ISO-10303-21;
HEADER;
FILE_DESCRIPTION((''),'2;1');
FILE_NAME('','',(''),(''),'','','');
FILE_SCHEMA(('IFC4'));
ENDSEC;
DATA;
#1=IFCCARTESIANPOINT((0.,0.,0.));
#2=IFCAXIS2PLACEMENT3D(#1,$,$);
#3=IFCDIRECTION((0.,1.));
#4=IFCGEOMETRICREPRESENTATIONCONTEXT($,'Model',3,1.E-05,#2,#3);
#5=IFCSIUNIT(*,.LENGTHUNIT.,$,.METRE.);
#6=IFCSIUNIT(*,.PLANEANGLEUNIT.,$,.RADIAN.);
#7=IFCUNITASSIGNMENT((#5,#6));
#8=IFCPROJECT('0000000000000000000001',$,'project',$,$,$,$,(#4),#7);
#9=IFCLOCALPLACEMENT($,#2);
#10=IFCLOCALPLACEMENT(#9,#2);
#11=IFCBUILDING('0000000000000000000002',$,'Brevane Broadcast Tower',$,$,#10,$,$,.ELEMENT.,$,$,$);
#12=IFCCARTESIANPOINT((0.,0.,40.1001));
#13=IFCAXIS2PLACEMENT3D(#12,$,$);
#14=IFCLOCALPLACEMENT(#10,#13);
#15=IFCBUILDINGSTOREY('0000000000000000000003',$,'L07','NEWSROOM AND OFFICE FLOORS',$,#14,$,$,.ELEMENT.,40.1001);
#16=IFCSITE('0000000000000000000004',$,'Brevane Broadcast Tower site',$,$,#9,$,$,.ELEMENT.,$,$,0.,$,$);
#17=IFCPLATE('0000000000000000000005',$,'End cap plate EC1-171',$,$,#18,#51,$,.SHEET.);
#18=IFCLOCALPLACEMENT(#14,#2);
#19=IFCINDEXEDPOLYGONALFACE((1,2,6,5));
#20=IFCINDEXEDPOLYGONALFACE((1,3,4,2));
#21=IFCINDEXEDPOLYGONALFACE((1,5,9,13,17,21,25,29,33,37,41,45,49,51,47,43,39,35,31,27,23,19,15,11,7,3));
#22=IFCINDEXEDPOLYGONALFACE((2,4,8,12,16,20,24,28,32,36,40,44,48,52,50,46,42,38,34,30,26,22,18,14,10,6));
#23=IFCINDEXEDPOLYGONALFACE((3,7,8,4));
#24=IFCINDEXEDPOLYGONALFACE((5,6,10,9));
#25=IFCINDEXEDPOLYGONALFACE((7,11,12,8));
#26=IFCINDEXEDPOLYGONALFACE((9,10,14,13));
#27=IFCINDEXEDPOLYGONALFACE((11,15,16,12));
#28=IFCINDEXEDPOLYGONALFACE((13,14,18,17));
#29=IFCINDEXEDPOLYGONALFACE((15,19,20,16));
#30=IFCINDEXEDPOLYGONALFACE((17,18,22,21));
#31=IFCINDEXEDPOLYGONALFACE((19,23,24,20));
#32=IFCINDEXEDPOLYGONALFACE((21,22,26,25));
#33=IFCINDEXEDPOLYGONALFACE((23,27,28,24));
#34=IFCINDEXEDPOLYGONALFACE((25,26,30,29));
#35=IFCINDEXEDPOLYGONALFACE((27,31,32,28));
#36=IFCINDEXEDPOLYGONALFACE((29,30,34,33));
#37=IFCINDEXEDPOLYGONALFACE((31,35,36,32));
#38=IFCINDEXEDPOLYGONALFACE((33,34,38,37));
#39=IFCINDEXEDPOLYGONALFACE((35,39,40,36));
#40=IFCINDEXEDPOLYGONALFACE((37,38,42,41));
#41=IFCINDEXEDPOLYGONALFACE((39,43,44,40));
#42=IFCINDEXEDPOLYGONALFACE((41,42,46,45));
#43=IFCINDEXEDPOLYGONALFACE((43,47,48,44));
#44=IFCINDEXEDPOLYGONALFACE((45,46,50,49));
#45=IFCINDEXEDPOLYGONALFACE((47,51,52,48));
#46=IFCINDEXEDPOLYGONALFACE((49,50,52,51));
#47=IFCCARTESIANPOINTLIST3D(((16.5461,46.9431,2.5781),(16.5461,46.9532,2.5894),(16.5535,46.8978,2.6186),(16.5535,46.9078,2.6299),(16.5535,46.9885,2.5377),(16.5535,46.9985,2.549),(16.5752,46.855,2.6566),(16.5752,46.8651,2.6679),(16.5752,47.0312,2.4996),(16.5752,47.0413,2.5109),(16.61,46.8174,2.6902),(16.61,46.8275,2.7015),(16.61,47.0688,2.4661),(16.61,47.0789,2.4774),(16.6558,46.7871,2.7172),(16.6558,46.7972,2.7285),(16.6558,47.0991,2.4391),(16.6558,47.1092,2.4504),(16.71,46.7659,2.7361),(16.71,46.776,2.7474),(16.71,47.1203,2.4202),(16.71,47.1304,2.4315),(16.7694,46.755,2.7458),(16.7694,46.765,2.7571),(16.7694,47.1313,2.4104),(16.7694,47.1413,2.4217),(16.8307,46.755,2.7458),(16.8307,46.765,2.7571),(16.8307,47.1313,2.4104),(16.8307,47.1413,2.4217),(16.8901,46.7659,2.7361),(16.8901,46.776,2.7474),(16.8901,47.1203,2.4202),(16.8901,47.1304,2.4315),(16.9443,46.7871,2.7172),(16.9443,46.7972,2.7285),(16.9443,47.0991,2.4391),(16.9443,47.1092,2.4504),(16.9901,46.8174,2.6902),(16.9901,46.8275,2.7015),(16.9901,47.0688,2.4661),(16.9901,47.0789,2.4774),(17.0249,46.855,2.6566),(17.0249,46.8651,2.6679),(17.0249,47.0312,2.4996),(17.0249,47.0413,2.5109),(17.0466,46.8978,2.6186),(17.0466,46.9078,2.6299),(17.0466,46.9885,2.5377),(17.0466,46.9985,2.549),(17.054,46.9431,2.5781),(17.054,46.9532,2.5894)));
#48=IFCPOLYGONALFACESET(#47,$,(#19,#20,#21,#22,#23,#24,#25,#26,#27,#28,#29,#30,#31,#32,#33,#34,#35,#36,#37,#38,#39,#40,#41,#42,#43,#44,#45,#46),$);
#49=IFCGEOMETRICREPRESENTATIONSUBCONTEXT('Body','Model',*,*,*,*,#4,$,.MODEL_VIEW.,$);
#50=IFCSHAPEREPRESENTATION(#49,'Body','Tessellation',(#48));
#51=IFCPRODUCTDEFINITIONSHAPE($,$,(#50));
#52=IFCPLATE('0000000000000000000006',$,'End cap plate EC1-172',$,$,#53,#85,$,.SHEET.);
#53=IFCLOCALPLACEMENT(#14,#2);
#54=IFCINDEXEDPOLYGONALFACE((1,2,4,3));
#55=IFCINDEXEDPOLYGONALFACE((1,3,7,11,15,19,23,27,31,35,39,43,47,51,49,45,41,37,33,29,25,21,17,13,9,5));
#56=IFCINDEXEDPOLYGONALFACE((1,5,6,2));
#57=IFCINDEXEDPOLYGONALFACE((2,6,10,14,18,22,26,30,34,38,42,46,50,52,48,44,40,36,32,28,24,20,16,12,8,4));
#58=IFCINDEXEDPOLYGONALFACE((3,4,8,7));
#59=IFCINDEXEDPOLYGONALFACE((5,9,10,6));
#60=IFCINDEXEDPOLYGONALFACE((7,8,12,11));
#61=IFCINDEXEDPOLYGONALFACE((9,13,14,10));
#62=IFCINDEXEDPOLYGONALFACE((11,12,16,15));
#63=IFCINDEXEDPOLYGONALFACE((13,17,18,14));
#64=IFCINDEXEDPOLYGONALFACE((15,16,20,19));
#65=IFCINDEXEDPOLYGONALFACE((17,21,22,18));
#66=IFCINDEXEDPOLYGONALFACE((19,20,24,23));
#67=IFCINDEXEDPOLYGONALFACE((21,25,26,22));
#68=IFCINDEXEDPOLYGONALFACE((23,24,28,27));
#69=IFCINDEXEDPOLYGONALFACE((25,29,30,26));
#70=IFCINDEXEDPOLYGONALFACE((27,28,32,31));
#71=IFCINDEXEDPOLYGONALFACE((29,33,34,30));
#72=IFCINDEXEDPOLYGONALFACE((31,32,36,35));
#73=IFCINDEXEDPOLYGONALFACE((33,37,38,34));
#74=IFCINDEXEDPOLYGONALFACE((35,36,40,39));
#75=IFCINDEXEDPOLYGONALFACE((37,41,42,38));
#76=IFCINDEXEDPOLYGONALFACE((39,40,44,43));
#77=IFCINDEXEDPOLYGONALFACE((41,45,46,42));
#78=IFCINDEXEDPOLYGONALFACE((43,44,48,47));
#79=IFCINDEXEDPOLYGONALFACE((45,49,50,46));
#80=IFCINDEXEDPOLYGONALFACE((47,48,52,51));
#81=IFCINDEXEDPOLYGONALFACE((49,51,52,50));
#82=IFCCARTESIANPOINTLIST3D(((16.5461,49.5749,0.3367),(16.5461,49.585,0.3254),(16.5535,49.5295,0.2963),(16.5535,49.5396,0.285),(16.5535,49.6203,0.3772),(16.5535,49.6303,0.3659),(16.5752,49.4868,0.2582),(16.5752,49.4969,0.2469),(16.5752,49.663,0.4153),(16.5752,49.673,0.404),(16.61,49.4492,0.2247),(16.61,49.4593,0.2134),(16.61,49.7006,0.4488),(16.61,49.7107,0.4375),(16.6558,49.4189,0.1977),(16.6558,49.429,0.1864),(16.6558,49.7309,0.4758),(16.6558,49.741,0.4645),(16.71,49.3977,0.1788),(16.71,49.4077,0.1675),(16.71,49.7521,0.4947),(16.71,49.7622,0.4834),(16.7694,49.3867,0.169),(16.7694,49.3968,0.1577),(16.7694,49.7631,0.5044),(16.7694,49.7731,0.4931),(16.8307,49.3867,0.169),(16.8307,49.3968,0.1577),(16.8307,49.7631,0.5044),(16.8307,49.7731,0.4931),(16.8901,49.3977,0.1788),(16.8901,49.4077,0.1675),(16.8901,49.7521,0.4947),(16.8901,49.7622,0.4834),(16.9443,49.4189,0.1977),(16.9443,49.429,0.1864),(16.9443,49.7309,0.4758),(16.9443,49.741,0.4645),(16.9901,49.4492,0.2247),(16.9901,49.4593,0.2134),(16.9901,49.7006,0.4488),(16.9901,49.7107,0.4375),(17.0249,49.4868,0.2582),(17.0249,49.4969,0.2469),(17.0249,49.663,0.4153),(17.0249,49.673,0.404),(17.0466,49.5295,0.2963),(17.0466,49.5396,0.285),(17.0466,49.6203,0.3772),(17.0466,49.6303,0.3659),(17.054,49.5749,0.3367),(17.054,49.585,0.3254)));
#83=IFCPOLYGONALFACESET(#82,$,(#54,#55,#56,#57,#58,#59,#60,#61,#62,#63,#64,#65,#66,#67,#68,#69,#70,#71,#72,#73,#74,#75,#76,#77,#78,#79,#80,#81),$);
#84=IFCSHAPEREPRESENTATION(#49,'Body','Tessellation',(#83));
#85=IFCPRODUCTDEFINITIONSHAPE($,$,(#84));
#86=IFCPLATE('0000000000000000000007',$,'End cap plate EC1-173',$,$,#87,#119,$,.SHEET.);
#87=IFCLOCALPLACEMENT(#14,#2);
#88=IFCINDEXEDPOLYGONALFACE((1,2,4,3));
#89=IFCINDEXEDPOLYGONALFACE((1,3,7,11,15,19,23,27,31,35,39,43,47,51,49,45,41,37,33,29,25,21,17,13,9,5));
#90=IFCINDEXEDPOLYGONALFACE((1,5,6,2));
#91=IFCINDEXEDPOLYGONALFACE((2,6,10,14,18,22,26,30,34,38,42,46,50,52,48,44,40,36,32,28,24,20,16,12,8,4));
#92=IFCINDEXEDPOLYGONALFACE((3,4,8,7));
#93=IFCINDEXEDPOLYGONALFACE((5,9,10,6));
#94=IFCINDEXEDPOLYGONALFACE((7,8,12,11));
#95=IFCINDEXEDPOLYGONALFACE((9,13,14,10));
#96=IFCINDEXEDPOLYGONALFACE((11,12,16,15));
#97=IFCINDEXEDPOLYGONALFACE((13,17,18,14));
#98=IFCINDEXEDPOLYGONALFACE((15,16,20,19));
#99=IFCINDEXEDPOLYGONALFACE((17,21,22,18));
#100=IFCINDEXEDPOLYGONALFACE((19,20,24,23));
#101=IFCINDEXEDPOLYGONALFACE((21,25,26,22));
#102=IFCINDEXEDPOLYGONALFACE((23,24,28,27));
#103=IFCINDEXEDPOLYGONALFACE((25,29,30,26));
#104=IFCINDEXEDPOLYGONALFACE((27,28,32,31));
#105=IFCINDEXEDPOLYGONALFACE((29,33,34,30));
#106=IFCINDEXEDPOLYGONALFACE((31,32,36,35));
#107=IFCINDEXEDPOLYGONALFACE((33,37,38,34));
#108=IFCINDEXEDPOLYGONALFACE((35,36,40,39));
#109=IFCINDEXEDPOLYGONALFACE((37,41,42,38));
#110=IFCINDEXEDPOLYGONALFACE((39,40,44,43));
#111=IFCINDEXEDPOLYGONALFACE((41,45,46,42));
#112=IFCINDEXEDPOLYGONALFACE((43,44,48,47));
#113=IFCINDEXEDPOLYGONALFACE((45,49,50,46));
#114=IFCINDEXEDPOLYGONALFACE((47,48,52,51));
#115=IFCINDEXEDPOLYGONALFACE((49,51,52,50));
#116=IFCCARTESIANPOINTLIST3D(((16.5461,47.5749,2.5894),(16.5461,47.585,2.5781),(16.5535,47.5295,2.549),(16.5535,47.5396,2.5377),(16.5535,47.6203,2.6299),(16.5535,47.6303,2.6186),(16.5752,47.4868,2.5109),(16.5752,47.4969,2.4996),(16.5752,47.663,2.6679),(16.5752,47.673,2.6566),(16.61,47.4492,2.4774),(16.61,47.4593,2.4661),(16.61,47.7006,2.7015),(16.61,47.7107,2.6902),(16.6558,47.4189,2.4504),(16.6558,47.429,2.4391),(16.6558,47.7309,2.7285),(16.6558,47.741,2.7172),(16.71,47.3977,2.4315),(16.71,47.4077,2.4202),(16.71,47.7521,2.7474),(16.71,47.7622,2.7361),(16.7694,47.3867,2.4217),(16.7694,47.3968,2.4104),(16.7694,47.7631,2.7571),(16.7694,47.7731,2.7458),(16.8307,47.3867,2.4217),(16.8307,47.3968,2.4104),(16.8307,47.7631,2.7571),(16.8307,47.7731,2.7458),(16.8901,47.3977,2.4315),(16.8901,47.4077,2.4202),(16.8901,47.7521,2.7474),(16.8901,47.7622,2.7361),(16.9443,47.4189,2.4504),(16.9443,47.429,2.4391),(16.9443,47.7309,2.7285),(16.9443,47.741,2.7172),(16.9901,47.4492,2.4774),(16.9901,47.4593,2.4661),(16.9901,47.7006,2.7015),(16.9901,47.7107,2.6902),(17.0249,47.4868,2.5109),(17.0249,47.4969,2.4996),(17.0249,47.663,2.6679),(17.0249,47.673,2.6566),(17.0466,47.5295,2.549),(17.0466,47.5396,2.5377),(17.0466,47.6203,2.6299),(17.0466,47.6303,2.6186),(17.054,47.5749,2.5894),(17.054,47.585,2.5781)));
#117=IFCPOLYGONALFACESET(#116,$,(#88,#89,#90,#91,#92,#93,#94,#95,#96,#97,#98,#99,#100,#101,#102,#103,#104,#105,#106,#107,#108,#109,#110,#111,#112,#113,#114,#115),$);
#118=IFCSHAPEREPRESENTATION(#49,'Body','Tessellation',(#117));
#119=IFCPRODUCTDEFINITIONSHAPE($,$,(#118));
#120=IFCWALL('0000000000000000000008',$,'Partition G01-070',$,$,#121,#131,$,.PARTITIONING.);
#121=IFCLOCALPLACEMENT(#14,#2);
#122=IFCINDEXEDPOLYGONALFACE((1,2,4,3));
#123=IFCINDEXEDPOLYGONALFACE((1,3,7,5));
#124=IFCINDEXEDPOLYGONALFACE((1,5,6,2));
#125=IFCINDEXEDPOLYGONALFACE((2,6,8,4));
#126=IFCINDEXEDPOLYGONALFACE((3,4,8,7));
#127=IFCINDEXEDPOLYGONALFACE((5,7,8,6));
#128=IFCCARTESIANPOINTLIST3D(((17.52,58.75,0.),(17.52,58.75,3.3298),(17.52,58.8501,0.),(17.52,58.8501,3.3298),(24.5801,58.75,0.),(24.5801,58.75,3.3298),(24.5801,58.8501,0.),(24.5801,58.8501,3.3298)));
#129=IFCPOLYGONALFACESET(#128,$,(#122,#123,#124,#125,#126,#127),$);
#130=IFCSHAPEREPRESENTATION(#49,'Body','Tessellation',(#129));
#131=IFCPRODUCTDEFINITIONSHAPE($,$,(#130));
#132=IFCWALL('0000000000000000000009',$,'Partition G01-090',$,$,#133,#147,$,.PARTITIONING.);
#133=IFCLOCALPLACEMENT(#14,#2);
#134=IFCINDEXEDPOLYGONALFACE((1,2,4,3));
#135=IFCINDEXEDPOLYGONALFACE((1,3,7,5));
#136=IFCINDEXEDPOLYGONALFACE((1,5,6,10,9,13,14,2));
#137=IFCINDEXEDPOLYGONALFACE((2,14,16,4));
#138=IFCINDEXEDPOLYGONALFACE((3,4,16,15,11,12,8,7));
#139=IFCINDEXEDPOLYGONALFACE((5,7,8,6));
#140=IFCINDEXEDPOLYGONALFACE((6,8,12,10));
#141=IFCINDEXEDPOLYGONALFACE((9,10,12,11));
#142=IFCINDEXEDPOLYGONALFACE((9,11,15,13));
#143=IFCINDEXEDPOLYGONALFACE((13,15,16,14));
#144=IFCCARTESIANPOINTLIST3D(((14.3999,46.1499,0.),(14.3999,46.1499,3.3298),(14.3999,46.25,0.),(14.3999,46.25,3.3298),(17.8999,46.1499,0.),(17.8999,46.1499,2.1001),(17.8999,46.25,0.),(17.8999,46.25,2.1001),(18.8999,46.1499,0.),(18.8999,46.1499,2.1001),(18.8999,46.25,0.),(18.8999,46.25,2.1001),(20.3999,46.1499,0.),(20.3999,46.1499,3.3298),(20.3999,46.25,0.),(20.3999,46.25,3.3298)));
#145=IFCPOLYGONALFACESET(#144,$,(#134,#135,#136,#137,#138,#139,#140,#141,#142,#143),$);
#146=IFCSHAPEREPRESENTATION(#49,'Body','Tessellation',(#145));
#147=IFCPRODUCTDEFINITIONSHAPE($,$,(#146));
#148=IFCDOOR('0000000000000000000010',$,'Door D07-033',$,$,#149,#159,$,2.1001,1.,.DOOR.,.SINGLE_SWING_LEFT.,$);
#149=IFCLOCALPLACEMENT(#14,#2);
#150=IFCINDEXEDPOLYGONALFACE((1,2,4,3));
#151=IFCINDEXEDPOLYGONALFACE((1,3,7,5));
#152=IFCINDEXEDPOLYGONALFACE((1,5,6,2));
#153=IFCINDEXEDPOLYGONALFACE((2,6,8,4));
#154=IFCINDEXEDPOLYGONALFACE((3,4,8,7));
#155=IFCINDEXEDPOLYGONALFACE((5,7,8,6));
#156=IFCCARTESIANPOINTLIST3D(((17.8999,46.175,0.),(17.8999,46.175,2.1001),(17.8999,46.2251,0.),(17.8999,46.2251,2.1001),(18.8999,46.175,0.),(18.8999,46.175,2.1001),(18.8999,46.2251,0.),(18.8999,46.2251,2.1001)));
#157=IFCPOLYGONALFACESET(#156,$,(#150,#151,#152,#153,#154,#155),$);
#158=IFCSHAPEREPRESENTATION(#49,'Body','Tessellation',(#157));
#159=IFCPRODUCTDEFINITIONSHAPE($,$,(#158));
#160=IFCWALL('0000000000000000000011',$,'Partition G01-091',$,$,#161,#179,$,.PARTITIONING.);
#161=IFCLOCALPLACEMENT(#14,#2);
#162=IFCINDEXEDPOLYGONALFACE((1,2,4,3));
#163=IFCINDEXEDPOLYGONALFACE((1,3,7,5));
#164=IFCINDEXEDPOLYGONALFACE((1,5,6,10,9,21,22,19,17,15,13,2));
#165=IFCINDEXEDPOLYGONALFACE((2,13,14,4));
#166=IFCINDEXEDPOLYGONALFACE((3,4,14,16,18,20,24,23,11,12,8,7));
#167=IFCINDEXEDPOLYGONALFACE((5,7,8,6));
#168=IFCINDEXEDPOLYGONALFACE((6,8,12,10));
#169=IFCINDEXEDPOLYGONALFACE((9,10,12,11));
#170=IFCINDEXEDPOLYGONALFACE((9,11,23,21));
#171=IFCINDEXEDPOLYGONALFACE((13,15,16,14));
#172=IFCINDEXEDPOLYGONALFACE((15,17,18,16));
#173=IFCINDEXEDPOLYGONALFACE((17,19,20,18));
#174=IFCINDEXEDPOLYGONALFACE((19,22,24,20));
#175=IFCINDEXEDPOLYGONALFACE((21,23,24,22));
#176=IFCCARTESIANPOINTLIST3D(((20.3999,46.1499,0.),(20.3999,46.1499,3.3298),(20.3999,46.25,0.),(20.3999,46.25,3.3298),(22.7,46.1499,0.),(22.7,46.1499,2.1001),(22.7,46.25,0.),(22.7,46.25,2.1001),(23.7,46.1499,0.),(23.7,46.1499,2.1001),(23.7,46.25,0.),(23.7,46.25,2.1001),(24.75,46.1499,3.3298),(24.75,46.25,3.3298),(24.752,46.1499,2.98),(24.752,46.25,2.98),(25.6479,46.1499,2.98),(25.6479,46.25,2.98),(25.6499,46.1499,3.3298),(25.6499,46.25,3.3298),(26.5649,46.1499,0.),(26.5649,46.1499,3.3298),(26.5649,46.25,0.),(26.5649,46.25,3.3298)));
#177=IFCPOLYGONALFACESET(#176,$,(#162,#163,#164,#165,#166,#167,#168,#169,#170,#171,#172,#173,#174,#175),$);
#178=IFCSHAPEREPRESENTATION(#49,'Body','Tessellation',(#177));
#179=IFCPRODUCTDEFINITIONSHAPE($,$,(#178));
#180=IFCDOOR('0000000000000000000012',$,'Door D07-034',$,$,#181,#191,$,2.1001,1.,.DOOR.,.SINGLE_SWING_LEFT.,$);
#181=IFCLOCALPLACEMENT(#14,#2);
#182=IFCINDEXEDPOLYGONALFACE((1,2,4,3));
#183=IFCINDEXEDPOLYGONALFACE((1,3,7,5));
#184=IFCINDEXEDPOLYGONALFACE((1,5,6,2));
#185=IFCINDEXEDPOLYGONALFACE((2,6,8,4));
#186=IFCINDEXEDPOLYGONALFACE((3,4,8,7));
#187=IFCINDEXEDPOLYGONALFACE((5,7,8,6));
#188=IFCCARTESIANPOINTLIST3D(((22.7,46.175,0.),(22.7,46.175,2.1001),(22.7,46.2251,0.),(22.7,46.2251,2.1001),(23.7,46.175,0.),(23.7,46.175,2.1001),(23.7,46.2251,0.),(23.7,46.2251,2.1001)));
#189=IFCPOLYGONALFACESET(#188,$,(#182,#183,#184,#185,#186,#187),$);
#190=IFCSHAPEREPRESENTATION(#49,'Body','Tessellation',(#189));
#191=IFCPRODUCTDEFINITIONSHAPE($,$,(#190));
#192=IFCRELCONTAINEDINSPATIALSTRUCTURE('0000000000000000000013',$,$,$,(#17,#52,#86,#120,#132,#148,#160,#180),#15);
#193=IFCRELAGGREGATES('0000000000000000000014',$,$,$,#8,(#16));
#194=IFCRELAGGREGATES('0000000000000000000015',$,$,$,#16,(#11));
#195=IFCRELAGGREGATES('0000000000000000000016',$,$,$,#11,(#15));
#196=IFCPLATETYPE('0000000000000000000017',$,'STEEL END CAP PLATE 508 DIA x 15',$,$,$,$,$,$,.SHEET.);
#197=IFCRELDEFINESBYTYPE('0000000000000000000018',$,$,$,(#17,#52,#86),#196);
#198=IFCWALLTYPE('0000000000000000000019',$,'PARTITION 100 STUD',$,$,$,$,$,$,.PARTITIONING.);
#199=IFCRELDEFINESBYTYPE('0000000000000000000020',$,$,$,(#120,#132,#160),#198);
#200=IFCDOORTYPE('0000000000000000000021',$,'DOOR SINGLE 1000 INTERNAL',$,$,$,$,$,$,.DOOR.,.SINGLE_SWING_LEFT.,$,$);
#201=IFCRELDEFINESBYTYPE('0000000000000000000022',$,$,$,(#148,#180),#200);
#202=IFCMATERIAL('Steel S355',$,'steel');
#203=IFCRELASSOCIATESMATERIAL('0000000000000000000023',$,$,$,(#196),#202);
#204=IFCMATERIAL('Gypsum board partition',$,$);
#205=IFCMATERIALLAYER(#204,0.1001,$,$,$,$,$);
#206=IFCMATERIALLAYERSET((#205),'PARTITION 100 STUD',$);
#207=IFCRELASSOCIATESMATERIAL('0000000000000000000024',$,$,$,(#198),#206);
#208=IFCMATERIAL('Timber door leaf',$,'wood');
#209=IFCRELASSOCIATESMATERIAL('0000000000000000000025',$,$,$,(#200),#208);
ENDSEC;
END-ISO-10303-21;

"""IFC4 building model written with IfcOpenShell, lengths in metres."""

from ifc_helpers import new_model, si_unit, direction, frame, frame_2d, origin, origin_2d, place, context, subcontext, project, spatial, polyline, rectangle, circle, outline, extrude, material, layer, layer_set, material_profile, profile_set, type_object, element, fill, save


model = new_model("IFC4")

# Units and contexts
model_context = context("Model", 3, precision=1e-05, world=origin(), true_north=direction((0.0, 1.0)))
body_context = subcontext(model_context, "Body", "Model", "MODEL_VIEW")
ifc_project = project(units=[si_unit("LENGTHUNIT", "METRE"), si_unit("PLANEANGLEUNIT", "RADIAN")], contexts=[model_context])

# Site, building, storey
site_placement = place(None, origin())
site = spatial("IfcSite", under=ifc_project, at=site_placement, Name="Brevane Broadcast Tower site", CompositionType="ELEMENT", RefElevation=0.0)
building_placement = place(site_placement, origin())
building = spatial("IfcBuilding", under=site, at=building_placement, Name="Brevane Broadcast Tower", CompositionType="ELEMENT")
storey_placement = place(building_placement, frame((0.0, 0.0, 40.1001)))
storey = spatial("IfcBuildingStorey", under=building, at=storey_placement, Name="L07", Description="NEWSROOM AND OFFICE FLOORS", CompositionType="ELEMENT", Elevation=40.1001)

# Shared definitions
ifc_material_1 = material(Name="Steel S355", Category="steel")

# Plates
ifc_material_profile_1 = material_profile(ifc_material_1, circle(Radius=0.2539, at=origin_2d()), Name="PL 508 DIA x 15")
ifc_profile_set_1 = profile_set([ifc_material_profile_1], Name="Steel S355")
plate_type = type_object("IfcPlateType", Name="STEEL END CAP PLATE 508 DIA x 15", PredefinedType="SHEET", material=ifc_profile_set_1)
for number, where, z_axis, x_axis, name in (
    (1, (16.8, 46.9431, 2.5781), (0.0, 0.665371, 0.746513), (-1.0, 0.0, 0.0), "End cap plate EC1-171"),
    (2, (16.8, 49.585, 0.3254), (0.0, -0.665371, 0.746513), (1.0, 0.0, 0.0), "End cap plate EC1-172"),
    (3, (16.8, 47.585, 2.5781), (0.0, -0.665371, 0.746513), (1.0, 0.0, 0.0), "End cap plate EC1-173"),
):
    element("IfcPlate", number, at=place(storey_placement, frame(where, z_axis=z_axis, x_axis=x_axis)), inside=storey, type_object=plate_type, Name=name, PredefinedType="SHEET", context=body_context, shape_type="SweptSolid", body=[
        extrude(circle(Radius=0.2539, at=origin_2d()), origin(), (0.0, 0.0, 1.0), 0.0151),
    ])

# Wall
ifc_material_2 = material(Name="Gypsum board partition")
ifc_layer_1 = layer(ifc_material_2, 0.1001)
ifc_layer_set_1 = layer_set([ifc_layer_1], Name="PARTITION 100 STUD")
wall_type_1 = type_object("IfcWallType", Name="PARTITION 100 STUD", PredefinedType="PARTITIONING", material=ifc_layer_set_1)
wall_1_placement = place(storey_placement, frame((24.5801, 58.8, 0.0), z_axis=(0.0, 0.0, 1.0), x_axis=(-1.0, 0.0, 0.0)))
element("IfcWall", 4, at=wall_1_placement, inside=storey, type_object=wall_type_1, Name="Partition G01-070", PredefinedType="PARTITIONING", context=body_context, shape_type="SweptSolid", body=[
    extrude(rectangle(XDim=7.0601, YDim=0.1001, at=frame_2d((3.53, 0.0))), origin(), (0.0, 0.0, 1.0), 3.3298),
])

# Walls, openings, doors
wall_2_placement = place(storey_placement, frame((20.3999, 46.2, 0.0), z_axis=(0.0, 0.0, 1.0), x_axis=(-1.0, 0.0, 0.0)))
wall_2 = element("IfcWall", 5, at=wall_2_placement, inside=storey, type_object=wall_type_1, Name="Partition G01-090", PredefinedType="PARTITIONING", context=body_context, shape_type="SweptSolid", body=[
    extrude(rectangle(XDim=6.0, YDim=0.1001, at=frame_2d((3.0, 0.0))), origin(), (0.0, 0.0, 1.0), 3.3298),
])
opening_1_placement = place(wall_2_placement, frame((1.5, 0.0, 0.0)))
opening_1 = element("IfcOpeningElement", 6, at=opening_1_placement, cuts=wall_2, PredefinedType="OPENING", context=body_context, shape_type="SweptSolid", body=[
    extrude(rectangle(XDim=1.0, YDim=2.1001, at=frame_2d((0.5, 1.05))), frame((0.0, 0.0601, 0.0), z_axis=(0.0, -1.0, 0.0), x_axis=(1.0, 0.0, 0.0)), (0.0, 0.0, 1.0), 0.1201),
])
ifc_material_3 = material(Name="Timber door leaf", Category="wood")
door_type = type_object("IfcDoorType", Name="DOOR SINGLE 1000 INTERNAL", OperationType="SINGLE_SWING_LEFT", PredefinedType="DOOR", material=ifc_material_3)
door_1_placement = place(opening_1_placement, origin())
door_1 = element("IfcDoor", 7, at=door_1_placement, inside=storey, type_object=door_type, Name="Door D07-033", OperationType="SINGLE_SWING_LEFT", OverallHeight=2.1001, OverallWidth=1.0, PredefinedType="DOOR", context=body_context, shape_type="SweptSolid", body=[
    extrude(rectangle(XDim=1.0, YDim=2.1001, at=frame_2d((0.5, 1.05))), frame((0.0, 0.0249, 0.0), z_axis=(0.0, -1.0, 0.0), x_axis=(1.0, 0.0, 0.0)), (0.0, 0.0, 1.0), 0.05),
])
fill(opening_1, door_1)
wall_3_placement = place(storey_placement, frame((26.5649, 46.2, 0.0), z_axis=(0.0, 0.0, 1.0), x_axis=(-1.0, 0.0, 0.0)))
wall_3 = element("IfcWall", 8, at=wall_3_placement, inside=storey, type_object=wall_type_1, Name="Partition G01-091", PredefinedType="PARTITIONING", context=body_context, shape_type="SweptSolid", body=[
    extrude(outline(polyline([(0.0, 0.0), (6.165, 0.0), (6.165, 3.3298), (1.8149, 3.3298), (1.813, 2.98), (0.917, 2.98), (0.915, 3.3298), (0.2649, 3.3298), (0.0, 3.3298), (0.0, 0.0)])), frame((0.0, 0.05, 0.0), z_axis=(0.0, -1.0, 0.0), x_axis=(1.0, 0.0, 0.0)), (0.0, 0.0, 1.0), 0.1001),
])
opening_2_placement = place(wall_3_placement, frame((2.865, 0.0, 0.0)))
opening_2 = element("IfcOpeningElement", 9, at=opening_2_placement, cuts=wall_3, PredefinedType="OPENING", context=body_context, shape_type="SweptSolid", body=[
    extrude(rectangle(XDim=1.0, YDim=2.1001, at=frame_2d((0.5, 1.05))), frame((0.0, 0.0601, 0.0), z_axis=(0.0, -1.0, 0.0), x_axis=(1.0, 0.0, 0.0)), (0.0, 0.0, 1.0), 0.1201),
])
door_2_placement = place(opening_2_placement, origin())
door_2 = element("IfcDoor", 10, at=door_2_placement, inside=storey, type_object=door_type, Name="Door D07-034", OperationType="SINGLE_SWING_LEFT", OverallHeight=2.1001, OverallWidth=1.0, PredefinedType="DOOR", context=body_context, shape_type="SweptSolid", body=[
    extrude(rectangle(XDim=1.0, YDim=2.1001, at=frame_2d((0.5, 1.05))), frame((0.0, 0.0249, 0.0), z_axis=(0.0, -1.0, 0.0), x_axis=(1.0, 0.0, 0.0)), (0.0, 0.0, 1.0), 0.05),
])
fill(opening_2, door_2)

save(model, "model.ifc")
